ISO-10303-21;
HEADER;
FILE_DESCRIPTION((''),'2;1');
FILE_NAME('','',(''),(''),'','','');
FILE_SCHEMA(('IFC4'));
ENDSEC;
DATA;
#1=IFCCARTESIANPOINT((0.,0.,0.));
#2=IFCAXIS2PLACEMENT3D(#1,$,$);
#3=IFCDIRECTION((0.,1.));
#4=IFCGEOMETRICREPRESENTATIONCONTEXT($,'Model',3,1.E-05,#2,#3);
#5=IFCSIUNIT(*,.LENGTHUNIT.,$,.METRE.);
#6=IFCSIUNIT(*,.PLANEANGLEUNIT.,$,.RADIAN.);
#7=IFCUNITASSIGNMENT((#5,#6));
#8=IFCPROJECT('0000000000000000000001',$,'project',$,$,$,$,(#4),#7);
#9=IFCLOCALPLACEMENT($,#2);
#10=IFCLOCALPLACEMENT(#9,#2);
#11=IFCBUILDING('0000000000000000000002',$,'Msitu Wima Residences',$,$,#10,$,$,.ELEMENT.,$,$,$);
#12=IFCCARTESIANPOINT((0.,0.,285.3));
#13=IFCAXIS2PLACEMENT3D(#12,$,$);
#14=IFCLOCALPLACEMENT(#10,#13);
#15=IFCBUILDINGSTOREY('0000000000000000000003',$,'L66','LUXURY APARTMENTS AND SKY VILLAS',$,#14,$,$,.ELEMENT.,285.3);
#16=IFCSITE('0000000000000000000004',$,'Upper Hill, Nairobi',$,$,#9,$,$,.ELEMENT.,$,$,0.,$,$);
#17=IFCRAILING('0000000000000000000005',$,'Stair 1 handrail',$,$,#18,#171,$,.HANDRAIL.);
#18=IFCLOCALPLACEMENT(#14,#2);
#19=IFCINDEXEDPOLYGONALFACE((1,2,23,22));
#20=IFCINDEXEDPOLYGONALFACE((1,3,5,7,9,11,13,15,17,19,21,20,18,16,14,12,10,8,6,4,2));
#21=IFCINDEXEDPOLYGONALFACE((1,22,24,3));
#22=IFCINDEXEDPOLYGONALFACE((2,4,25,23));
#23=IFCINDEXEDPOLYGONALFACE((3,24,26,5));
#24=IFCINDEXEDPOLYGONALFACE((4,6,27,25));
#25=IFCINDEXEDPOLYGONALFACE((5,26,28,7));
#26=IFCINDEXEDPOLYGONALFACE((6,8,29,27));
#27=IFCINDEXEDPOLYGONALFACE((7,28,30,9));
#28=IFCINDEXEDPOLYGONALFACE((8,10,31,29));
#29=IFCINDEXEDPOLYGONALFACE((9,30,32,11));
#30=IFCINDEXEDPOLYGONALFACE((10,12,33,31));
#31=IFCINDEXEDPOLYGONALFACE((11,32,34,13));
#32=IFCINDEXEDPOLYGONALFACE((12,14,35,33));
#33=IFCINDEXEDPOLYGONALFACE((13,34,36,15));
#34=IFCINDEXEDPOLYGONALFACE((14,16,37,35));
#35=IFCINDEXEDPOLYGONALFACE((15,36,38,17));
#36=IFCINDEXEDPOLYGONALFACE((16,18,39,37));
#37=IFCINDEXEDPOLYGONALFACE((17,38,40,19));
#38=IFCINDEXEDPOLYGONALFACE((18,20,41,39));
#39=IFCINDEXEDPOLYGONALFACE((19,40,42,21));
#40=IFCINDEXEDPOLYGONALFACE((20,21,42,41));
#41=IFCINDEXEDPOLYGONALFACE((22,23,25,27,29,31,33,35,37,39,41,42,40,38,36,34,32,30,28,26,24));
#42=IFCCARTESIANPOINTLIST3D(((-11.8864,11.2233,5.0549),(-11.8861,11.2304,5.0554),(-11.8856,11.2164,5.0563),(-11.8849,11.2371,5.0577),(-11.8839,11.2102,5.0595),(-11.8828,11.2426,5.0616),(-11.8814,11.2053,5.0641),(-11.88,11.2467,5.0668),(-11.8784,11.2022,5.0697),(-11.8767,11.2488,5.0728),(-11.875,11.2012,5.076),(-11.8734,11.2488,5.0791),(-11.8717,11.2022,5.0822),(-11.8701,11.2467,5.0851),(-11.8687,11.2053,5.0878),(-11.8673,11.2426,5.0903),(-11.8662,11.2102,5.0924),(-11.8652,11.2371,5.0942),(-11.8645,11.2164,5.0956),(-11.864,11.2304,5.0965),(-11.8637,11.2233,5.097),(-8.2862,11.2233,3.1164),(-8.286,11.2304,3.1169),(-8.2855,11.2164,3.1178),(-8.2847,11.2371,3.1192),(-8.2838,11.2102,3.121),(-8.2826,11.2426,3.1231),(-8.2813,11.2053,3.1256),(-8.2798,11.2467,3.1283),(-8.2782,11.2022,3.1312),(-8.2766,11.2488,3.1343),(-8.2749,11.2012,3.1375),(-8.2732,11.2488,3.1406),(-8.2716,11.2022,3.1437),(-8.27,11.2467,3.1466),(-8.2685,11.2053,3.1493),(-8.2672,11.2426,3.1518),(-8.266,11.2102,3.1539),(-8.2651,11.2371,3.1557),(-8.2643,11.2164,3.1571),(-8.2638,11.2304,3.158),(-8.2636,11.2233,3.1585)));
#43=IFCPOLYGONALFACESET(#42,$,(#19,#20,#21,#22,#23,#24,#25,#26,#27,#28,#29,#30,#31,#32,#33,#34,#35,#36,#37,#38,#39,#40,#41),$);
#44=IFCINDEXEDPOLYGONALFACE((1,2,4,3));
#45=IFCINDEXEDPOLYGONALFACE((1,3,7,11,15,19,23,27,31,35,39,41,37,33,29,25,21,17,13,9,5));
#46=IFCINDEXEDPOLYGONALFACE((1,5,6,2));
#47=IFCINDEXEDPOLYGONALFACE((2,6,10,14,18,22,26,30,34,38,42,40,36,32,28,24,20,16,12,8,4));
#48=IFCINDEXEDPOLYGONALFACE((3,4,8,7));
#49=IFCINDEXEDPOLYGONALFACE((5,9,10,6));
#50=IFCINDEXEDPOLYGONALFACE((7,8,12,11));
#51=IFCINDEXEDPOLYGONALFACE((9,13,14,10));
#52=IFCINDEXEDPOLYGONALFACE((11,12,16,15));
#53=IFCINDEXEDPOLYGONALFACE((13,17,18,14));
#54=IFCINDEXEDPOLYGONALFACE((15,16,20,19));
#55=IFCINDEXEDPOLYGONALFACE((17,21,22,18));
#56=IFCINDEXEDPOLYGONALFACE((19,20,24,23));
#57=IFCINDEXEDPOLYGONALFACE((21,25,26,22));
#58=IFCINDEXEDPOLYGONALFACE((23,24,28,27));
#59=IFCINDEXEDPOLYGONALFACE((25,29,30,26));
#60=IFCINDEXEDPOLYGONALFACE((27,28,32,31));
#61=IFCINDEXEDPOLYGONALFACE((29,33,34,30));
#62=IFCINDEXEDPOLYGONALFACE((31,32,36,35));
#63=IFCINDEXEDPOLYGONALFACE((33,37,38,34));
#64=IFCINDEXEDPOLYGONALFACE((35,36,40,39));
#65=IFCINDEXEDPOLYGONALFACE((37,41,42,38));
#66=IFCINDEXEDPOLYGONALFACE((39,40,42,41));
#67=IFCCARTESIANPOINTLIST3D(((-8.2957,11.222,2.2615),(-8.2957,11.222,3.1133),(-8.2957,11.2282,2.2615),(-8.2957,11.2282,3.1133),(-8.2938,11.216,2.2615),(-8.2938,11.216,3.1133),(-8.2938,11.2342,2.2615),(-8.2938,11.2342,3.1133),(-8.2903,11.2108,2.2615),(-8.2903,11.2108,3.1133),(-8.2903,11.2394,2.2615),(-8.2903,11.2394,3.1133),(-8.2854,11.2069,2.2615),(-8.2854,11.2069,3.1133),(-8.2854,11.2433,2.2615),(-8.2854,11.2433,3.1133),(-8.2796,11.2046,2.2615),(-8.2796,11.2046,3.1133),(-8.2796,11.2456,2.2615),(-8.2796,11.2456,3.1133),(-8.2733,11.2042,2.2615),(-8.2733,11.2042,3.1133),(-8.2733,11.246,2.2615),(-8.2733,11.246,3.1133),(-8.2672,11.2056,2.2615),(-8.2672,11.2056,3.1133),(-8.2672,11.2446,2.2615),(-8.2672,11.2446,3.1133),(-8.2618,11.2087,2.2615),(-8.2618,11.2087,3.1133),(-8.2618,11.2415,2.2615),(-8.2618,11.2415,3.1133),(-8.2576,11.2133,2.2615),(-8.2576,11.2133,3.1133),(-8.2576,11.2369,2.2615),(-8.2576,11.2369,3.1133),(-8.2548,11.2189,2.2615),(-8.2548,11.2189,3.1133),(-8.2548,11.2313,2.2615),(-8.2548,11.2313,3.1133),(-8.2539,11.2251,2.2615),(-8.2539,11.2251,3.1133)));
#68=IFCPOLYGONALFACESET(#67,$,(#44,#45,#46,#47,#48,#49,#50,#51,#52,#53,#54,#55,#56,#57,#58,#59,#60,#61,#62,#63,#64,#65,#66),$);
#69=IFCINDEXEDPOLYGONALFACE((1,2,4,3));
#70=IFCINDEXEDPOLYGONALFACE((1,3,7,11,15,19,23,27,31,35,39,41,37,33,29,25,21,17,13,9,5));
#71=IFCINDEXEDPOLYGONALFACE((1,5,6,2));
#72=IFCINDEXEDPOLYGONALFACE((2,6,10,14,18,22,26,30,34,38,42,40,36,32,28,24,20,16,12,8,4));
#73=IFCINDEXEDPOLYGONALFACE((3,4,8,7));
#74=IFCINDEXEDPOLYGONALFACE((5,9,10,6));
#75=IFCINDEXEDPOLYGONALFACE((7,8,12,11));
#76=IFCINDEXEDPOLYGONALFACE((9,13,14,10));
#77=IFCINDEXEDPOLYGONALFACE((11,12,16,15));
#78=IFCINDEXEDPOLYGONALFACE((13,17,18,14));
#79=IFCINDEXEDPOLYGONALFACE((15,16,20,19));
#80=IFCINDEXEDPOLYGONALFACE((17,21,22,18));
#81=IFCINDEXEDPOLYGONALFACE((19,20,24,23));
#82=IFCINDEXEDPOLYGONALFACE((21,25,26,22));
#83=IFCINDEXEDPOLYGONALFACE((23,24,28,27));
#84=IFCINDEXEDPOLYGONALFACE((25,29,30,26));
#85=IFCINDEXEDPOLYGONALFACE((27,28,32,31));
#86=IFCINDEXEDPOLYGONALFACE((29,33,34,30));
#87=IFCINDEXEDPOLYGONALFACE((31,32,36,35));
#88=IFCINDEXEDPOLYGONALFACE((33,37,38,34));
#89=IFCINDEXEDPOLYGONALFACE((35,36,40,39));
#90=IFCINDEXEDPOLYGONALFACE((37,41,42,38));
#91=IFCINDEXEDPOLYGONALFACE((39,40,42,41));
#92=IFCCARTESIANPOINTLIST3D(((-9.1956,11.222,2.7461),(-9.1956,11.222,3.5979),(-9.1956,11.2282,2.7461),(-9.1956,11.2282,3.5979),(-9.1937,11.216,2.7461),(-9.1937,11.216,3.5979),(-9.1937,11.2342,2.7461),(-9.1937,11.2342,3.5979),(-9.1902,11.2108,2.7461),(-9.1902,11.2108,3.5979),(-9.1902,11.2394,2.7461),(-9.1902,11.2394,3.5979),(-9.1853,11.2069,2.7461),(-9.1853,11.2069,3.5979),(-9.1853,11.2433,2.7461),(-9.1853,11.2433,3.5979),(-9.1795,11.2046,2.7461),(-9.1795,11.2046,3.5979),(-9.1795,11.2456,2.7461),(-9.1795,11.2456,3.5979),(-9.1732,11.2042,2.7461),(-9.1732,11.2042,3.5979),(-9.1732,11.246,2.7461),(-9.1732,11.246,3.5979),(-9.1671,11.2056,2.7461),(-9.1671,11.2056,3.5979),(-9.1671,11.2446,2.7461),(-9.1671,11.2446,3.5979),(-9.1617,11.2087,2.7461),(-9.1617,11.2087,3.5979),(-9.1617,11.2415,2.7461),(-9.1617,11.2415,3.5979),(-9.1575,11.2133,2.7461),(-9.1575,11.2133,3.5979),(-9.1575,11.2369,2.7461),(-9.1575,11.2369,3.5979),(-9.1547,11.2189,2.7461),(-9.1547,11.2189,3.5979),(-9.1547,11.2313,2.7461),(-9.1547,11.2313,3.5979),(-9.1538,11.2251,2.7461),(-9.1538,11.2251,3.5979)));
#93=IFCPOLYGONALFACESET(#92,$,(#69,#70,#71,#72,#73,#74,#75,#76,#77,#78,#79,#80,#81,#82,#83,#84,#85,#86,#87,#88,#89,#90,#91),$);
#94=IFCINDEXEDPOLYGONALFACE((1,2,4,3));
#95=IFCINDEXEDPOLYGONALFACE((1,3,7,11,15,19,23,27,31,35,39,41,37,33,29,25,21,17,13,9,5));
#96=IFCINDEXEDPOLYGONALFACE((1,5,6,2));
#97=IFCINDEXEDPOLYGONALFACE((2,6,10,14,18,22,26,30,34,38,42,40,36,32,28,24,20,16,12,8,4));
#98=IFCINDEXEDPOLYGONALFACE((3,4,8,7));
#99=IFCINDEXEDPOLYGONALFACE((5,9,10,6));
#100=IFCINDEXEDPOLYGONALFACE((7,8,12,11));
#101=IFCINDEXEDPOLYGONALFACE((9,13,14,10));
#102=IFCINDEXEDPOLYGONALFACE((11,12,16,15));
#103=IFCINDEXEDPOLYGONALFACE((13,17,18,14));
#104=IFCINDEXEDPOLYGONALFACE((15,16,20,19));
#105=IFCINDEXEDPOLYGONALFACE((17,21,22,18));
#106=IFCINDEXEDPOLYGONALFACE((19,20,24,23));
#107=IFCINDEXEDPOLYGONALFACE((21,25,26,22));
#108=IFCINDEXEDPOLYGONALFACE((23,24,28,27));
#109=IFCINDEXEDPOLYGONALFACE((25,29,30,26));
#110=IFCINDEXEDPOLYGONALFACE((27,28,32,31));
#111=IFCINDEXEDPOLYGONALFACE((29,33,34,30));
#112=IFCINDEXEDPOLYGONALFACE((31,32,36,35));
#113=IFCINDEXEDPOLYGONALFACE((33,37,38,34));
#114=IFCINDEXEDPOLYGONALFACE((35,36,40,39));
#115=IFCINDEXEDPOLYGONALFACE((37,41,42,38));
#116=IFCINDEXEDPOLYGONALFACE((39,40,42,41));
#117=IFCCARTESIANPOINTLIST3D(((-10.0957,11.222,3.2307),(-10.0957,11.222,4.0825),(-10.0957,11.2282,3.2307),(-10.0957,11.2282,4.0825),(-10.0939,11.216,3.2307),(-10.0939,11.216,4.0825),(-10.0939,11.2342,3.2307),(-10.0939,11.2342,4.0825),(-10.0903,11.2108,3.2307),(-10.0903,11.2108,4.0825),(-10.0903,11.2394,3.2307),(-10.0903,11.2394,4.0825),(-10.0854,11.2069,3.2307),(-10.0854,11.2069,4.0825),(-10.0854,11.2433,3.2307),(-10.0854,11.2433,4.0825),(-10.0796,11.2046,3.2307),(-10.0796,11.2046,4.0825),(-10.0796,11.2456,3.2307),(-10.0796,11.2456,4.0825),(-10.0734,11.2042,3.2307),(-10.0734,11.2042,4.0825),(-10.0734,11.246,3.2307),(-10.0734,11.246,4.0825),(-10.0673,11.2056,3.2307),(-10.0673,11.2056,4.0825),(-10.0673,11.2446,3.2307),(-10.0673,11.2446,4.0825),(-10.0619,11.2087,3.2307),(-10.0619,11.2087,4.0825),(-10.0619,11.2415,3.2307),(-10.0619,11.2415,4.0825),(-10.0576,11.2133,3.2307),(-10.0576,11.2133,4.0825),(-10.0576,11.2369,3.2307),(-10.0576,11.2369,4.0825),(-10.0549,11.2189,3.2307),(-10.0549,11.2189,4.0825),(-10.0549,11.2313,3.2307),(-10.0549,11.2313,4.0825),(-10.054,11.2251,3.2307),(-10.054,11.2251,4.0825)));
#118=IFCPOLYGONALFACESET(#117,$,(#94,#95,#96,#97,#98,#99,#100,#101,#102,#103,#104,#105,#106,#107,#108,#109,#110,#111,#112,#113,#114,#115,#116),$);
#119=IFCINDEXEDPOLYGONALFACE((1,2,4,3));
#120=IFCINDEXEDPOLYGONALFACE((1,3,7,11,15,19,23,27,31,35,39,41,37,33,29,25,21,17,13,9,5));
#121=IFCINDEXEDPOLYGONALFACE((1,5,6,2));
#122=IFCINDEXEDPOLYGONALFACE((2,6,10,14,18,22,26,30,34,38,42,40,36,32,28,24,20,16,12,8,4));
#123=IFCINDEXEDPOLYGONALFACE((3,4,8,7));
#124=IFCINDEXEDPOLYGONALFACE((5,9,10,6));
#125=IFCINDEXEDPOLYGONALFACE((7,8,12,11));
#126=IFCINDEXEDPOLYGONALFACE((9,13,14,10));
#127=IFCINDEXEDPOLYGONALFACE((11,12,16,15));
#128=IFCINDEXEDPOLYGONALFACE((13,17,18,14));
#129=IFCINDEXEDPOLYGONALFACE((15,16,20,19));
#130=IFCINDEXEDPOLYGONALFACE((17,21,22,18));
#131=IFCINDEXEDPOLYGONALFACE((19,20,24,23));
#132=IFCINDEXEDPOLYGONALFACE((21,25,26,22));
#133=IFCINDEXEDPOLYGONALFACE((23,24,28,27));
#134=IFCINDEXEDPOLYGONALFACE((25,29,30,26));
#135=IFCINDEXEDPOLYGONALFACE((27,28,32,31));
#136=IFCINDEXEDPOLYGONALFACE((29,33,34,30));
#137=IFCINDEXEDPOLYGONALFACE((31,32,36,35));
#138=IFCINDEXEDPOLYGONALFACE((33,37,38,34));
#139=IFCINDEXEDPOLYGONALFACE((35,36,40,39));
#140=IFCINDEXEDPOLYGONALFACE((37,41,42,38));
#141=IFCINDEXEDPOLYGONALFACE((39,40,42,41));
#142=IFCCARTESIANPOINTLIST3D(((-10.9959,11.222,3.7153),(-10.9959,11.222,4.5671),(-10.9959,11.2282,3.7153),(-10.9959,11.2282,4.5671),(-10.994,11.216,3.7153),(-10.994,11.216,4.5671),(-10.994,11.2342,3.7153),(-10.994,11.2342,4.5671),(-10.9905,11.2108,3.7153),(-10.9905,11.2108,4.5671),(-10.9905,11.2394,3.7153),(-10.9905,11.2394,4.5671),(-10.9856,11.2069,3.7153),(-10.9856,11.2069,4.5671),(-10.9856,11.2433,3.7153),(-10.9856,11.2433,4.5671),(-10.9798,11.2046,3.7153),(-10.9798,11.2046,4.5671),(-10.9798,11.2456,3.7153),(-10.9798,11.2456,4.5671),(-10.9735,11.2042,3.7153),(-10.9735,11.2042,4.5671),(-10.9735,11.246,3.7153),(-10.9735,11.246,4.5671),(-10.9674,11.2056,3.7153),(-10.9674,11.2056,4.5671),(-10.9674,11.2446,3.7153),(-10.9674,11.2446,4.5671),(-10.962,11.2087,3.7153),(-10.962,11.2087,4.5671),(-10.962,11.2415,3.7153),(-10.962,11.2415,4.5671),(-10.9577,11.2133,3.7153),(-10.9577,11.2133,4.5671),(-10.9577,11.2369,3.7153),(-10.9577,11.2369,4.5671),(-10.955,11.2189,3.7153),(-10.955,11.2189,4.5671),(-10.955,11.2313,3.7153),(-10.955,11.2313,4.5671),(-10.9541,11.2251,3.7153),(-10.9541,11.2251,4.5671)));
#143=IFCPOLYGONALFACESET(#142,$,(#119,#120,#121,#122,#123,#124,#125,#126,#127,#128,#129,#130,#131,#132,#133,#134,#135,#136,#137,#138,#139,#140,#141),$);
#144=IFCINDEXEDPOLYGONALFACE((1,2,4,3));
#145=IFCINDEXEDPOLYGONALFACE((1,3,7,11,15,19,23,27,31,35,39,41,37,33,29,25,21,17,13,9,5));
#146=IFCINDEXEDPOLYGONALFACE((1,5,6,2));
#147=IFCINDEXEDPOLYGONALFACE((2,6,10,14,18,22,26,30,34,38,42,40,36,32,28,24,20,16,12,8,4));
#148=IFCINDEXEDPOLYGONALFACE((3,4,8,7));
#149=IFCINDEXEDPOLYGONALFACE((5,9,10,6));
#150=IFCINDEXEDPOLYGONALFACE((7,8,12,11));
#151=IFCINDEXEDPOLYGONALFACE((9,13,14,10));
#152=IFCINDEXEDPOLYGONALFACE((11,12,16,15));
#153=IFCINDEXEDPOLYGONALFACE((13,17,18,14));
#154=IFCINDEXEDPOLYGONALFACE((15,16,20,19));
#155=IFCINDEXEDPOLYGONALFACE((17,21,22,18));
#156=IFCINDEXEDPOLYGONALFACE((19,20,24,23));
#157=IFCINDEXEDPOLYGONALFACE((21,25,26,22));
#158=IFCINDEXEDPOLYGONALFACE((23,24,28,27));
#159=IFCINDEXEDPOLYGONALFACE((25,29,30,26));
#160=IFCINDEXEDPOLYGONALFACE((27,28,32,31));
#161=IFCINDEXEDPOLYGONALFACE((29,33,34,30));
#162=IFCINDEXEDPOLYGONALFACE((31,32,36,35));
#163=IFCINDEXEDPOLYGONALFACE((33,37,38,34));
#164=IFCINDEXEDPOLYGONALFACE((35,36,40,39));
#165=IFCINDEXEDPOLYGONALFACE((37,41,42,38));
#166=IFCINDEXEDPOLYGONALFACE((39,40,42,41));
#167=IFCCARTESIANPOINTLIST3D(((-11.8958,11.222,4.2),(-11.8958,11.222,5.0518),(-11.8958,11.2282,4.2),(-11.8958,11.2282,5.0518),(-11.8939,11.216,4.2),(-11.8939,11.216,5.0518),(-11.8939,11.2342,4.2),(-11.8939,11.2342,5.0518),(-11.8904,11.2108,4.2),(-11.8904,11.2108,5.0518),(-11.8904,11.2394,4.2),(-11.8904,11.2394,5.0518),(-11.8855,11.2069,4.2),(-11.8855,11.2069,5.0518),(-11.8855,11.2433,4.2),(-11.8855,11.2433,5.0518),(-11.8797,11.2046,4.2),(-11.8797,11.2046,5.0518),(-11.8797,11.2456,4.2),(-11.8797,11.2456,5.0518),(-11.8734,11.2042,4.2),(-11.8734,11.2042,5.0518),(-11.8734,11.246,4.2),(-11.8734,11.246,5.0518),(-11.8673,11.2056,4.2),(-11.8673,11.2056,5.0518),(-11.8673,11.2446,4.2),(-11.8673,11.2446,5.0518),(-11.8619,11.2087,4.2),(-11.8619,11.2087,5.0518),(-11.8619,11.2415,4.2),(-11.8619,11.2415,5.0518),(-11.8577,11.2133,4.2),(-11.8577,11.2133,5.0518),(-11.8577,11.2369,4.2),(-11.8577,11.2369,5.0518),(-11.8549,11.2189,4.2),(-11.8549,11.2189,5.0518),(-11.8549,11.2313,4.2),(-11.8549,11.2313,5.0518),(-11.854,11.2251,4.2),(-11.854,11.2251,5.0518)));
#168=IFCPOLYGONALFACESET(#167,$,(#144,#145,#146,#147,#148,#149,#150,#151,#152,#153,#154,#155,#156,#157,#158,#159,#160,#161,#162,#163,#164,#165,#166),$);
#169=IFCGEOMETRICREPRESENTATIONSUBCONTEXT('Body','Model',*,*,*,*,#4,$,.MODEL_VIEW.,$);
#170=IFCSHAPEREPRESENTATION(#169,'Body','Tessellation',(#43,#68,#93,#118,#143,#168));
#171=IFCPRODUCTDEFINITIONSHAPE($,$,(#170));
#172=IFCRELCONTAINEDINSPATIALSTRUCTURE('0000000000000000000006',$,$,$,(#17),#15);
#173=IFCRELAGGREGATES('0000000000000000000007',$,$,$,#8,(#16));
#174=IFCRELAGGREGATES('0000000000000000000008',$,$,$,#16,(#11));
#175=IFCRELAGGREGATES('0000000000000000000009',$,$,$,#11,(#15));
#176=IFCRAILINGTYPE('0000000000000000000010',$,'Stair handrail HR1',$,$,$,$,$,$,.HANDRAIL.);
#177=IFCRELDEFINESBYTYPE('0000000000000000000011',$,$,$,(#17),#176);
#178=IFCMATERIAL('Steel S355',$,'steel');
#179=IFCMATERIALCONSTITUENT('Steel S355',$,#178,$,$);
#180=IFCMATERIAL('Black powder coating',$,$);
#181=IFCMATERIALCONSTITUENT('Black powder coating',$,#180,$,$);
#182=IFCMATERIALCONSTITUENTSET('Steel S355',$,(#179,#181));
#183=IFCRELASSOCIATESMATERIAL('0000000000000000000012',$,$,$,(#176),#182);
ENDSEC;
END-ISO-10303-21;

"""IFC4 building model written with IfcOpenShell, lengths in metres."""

from ifc_helpers import new_model, si_unit, direction, frame, origin, origin_2d, place, context, subcontext, project, spatial, circle, extrude, material, constituent, constituent_set, type_object, element, save


model = new_model("IFC4")

# Units and contexts
model_context = context("Model", 3, precision=1e-05, world=origin(), true_north=direction((0.0, 1.0)))
body_context = subcontext(model_context, "Body", "Model", "MODEL_VIEW")
ifc_project = project(units=[si_unit("LENGTHUNIT", "METRE"), si_unit("PLANEANGLEUNIT", "RADIAN")], contexts=[model_context])

# Site, building, storey
site_placement = place(None, origin())
site = spatial("IfcSite", under=ifc_project, at=site_placement, Name="Upper Hill, Nairobi", CompositionType="ELEMENT", RefElevation=0.0)
building_placement = place(site_placement, origin())
building = spatial("IfcBuilding", under=site, at=building_placement, Name="Msitu Wima Residences", CompositionType="ELEMENT")
storey_placement = place(building_placement, frame((0.0, 0.0, 285.3)))
storey = spatial("IfcBuildingStorey", under=building, at=storey_placement, Name="L66", Description="LUXURY APARTMENTS AND SKY VILLAS", CompositionType="ELEMENT", Elevation=285.3)

# Railing
ifc_material_1 = material(Name="Steel S355", Category="steel")
ifc_constituent_1 = constituent(ifc_material_1, Name="Steel S355")
ifc_material_2 = material(Name="Black powder coating")
ifc_constituent_2 = constituent(ifc_material_2, Name="Black powder coating")
ifc_constituent_set = constituent_set(constituents=[ifc_constituent_1, ifc_constituent_2], Name="Steel S355")
railing_type = type_object("IfcRailingType", Name="Stair handrail HR1", PredefinedType="HANDRAIL", material=ifc_constituent_set)
for number, where, name in (
    (1, (-8.2749, 11.2251, 2.2615), "Stair 1 handrail"),
):
    element("IfcRailing", number, at=place(storey_placement, frame(where)), inside=storey, type_object=railing_type, Name=name, PredefinedType="HANDRAIL", context=body_context, shape_type="SweptSolid", body=[
        extrude(circle(Radius=0.0239, at=origin_2d()), frame((0.0, 0.0, 0.876), z_axis=(-0.880475, 0.0, 0.474093), x_axis=(0.0, -1.0, 0.0)), (0.0, 0.0, 1.0), 4.0889),
        extrude(circle(Radius=0.021, at=origin_2d()), origin(), (0.0, 0.0, 1.0), 0.8518),
        extrude(circle(Radius=0.021, at=origin_2d()), frame((-0.8999, 0.0, 0.4846)), (0.0, 0.0, 1.0), 0.8518),
        extrude(circle(Radius=0.021, at=origin_2d()), frame((-1.8, 0.0, 0.9692)), (0.0, 0.0, 1.0), 0.8518),
        extrude(circle(Radius=0.021, at=origin_2d()), frame((-2.7002, 0.0, 1.4539)), (0.0, 0.0, 1.0), 0.8518),
        extrude(circle(Radius=0.021, at=origin_2d()), frame((-3.6001, 0.0, 1.9385)), (0.0, 0.0, 1.0), 0.8518),
    ])

save(model, "model.ifc")
